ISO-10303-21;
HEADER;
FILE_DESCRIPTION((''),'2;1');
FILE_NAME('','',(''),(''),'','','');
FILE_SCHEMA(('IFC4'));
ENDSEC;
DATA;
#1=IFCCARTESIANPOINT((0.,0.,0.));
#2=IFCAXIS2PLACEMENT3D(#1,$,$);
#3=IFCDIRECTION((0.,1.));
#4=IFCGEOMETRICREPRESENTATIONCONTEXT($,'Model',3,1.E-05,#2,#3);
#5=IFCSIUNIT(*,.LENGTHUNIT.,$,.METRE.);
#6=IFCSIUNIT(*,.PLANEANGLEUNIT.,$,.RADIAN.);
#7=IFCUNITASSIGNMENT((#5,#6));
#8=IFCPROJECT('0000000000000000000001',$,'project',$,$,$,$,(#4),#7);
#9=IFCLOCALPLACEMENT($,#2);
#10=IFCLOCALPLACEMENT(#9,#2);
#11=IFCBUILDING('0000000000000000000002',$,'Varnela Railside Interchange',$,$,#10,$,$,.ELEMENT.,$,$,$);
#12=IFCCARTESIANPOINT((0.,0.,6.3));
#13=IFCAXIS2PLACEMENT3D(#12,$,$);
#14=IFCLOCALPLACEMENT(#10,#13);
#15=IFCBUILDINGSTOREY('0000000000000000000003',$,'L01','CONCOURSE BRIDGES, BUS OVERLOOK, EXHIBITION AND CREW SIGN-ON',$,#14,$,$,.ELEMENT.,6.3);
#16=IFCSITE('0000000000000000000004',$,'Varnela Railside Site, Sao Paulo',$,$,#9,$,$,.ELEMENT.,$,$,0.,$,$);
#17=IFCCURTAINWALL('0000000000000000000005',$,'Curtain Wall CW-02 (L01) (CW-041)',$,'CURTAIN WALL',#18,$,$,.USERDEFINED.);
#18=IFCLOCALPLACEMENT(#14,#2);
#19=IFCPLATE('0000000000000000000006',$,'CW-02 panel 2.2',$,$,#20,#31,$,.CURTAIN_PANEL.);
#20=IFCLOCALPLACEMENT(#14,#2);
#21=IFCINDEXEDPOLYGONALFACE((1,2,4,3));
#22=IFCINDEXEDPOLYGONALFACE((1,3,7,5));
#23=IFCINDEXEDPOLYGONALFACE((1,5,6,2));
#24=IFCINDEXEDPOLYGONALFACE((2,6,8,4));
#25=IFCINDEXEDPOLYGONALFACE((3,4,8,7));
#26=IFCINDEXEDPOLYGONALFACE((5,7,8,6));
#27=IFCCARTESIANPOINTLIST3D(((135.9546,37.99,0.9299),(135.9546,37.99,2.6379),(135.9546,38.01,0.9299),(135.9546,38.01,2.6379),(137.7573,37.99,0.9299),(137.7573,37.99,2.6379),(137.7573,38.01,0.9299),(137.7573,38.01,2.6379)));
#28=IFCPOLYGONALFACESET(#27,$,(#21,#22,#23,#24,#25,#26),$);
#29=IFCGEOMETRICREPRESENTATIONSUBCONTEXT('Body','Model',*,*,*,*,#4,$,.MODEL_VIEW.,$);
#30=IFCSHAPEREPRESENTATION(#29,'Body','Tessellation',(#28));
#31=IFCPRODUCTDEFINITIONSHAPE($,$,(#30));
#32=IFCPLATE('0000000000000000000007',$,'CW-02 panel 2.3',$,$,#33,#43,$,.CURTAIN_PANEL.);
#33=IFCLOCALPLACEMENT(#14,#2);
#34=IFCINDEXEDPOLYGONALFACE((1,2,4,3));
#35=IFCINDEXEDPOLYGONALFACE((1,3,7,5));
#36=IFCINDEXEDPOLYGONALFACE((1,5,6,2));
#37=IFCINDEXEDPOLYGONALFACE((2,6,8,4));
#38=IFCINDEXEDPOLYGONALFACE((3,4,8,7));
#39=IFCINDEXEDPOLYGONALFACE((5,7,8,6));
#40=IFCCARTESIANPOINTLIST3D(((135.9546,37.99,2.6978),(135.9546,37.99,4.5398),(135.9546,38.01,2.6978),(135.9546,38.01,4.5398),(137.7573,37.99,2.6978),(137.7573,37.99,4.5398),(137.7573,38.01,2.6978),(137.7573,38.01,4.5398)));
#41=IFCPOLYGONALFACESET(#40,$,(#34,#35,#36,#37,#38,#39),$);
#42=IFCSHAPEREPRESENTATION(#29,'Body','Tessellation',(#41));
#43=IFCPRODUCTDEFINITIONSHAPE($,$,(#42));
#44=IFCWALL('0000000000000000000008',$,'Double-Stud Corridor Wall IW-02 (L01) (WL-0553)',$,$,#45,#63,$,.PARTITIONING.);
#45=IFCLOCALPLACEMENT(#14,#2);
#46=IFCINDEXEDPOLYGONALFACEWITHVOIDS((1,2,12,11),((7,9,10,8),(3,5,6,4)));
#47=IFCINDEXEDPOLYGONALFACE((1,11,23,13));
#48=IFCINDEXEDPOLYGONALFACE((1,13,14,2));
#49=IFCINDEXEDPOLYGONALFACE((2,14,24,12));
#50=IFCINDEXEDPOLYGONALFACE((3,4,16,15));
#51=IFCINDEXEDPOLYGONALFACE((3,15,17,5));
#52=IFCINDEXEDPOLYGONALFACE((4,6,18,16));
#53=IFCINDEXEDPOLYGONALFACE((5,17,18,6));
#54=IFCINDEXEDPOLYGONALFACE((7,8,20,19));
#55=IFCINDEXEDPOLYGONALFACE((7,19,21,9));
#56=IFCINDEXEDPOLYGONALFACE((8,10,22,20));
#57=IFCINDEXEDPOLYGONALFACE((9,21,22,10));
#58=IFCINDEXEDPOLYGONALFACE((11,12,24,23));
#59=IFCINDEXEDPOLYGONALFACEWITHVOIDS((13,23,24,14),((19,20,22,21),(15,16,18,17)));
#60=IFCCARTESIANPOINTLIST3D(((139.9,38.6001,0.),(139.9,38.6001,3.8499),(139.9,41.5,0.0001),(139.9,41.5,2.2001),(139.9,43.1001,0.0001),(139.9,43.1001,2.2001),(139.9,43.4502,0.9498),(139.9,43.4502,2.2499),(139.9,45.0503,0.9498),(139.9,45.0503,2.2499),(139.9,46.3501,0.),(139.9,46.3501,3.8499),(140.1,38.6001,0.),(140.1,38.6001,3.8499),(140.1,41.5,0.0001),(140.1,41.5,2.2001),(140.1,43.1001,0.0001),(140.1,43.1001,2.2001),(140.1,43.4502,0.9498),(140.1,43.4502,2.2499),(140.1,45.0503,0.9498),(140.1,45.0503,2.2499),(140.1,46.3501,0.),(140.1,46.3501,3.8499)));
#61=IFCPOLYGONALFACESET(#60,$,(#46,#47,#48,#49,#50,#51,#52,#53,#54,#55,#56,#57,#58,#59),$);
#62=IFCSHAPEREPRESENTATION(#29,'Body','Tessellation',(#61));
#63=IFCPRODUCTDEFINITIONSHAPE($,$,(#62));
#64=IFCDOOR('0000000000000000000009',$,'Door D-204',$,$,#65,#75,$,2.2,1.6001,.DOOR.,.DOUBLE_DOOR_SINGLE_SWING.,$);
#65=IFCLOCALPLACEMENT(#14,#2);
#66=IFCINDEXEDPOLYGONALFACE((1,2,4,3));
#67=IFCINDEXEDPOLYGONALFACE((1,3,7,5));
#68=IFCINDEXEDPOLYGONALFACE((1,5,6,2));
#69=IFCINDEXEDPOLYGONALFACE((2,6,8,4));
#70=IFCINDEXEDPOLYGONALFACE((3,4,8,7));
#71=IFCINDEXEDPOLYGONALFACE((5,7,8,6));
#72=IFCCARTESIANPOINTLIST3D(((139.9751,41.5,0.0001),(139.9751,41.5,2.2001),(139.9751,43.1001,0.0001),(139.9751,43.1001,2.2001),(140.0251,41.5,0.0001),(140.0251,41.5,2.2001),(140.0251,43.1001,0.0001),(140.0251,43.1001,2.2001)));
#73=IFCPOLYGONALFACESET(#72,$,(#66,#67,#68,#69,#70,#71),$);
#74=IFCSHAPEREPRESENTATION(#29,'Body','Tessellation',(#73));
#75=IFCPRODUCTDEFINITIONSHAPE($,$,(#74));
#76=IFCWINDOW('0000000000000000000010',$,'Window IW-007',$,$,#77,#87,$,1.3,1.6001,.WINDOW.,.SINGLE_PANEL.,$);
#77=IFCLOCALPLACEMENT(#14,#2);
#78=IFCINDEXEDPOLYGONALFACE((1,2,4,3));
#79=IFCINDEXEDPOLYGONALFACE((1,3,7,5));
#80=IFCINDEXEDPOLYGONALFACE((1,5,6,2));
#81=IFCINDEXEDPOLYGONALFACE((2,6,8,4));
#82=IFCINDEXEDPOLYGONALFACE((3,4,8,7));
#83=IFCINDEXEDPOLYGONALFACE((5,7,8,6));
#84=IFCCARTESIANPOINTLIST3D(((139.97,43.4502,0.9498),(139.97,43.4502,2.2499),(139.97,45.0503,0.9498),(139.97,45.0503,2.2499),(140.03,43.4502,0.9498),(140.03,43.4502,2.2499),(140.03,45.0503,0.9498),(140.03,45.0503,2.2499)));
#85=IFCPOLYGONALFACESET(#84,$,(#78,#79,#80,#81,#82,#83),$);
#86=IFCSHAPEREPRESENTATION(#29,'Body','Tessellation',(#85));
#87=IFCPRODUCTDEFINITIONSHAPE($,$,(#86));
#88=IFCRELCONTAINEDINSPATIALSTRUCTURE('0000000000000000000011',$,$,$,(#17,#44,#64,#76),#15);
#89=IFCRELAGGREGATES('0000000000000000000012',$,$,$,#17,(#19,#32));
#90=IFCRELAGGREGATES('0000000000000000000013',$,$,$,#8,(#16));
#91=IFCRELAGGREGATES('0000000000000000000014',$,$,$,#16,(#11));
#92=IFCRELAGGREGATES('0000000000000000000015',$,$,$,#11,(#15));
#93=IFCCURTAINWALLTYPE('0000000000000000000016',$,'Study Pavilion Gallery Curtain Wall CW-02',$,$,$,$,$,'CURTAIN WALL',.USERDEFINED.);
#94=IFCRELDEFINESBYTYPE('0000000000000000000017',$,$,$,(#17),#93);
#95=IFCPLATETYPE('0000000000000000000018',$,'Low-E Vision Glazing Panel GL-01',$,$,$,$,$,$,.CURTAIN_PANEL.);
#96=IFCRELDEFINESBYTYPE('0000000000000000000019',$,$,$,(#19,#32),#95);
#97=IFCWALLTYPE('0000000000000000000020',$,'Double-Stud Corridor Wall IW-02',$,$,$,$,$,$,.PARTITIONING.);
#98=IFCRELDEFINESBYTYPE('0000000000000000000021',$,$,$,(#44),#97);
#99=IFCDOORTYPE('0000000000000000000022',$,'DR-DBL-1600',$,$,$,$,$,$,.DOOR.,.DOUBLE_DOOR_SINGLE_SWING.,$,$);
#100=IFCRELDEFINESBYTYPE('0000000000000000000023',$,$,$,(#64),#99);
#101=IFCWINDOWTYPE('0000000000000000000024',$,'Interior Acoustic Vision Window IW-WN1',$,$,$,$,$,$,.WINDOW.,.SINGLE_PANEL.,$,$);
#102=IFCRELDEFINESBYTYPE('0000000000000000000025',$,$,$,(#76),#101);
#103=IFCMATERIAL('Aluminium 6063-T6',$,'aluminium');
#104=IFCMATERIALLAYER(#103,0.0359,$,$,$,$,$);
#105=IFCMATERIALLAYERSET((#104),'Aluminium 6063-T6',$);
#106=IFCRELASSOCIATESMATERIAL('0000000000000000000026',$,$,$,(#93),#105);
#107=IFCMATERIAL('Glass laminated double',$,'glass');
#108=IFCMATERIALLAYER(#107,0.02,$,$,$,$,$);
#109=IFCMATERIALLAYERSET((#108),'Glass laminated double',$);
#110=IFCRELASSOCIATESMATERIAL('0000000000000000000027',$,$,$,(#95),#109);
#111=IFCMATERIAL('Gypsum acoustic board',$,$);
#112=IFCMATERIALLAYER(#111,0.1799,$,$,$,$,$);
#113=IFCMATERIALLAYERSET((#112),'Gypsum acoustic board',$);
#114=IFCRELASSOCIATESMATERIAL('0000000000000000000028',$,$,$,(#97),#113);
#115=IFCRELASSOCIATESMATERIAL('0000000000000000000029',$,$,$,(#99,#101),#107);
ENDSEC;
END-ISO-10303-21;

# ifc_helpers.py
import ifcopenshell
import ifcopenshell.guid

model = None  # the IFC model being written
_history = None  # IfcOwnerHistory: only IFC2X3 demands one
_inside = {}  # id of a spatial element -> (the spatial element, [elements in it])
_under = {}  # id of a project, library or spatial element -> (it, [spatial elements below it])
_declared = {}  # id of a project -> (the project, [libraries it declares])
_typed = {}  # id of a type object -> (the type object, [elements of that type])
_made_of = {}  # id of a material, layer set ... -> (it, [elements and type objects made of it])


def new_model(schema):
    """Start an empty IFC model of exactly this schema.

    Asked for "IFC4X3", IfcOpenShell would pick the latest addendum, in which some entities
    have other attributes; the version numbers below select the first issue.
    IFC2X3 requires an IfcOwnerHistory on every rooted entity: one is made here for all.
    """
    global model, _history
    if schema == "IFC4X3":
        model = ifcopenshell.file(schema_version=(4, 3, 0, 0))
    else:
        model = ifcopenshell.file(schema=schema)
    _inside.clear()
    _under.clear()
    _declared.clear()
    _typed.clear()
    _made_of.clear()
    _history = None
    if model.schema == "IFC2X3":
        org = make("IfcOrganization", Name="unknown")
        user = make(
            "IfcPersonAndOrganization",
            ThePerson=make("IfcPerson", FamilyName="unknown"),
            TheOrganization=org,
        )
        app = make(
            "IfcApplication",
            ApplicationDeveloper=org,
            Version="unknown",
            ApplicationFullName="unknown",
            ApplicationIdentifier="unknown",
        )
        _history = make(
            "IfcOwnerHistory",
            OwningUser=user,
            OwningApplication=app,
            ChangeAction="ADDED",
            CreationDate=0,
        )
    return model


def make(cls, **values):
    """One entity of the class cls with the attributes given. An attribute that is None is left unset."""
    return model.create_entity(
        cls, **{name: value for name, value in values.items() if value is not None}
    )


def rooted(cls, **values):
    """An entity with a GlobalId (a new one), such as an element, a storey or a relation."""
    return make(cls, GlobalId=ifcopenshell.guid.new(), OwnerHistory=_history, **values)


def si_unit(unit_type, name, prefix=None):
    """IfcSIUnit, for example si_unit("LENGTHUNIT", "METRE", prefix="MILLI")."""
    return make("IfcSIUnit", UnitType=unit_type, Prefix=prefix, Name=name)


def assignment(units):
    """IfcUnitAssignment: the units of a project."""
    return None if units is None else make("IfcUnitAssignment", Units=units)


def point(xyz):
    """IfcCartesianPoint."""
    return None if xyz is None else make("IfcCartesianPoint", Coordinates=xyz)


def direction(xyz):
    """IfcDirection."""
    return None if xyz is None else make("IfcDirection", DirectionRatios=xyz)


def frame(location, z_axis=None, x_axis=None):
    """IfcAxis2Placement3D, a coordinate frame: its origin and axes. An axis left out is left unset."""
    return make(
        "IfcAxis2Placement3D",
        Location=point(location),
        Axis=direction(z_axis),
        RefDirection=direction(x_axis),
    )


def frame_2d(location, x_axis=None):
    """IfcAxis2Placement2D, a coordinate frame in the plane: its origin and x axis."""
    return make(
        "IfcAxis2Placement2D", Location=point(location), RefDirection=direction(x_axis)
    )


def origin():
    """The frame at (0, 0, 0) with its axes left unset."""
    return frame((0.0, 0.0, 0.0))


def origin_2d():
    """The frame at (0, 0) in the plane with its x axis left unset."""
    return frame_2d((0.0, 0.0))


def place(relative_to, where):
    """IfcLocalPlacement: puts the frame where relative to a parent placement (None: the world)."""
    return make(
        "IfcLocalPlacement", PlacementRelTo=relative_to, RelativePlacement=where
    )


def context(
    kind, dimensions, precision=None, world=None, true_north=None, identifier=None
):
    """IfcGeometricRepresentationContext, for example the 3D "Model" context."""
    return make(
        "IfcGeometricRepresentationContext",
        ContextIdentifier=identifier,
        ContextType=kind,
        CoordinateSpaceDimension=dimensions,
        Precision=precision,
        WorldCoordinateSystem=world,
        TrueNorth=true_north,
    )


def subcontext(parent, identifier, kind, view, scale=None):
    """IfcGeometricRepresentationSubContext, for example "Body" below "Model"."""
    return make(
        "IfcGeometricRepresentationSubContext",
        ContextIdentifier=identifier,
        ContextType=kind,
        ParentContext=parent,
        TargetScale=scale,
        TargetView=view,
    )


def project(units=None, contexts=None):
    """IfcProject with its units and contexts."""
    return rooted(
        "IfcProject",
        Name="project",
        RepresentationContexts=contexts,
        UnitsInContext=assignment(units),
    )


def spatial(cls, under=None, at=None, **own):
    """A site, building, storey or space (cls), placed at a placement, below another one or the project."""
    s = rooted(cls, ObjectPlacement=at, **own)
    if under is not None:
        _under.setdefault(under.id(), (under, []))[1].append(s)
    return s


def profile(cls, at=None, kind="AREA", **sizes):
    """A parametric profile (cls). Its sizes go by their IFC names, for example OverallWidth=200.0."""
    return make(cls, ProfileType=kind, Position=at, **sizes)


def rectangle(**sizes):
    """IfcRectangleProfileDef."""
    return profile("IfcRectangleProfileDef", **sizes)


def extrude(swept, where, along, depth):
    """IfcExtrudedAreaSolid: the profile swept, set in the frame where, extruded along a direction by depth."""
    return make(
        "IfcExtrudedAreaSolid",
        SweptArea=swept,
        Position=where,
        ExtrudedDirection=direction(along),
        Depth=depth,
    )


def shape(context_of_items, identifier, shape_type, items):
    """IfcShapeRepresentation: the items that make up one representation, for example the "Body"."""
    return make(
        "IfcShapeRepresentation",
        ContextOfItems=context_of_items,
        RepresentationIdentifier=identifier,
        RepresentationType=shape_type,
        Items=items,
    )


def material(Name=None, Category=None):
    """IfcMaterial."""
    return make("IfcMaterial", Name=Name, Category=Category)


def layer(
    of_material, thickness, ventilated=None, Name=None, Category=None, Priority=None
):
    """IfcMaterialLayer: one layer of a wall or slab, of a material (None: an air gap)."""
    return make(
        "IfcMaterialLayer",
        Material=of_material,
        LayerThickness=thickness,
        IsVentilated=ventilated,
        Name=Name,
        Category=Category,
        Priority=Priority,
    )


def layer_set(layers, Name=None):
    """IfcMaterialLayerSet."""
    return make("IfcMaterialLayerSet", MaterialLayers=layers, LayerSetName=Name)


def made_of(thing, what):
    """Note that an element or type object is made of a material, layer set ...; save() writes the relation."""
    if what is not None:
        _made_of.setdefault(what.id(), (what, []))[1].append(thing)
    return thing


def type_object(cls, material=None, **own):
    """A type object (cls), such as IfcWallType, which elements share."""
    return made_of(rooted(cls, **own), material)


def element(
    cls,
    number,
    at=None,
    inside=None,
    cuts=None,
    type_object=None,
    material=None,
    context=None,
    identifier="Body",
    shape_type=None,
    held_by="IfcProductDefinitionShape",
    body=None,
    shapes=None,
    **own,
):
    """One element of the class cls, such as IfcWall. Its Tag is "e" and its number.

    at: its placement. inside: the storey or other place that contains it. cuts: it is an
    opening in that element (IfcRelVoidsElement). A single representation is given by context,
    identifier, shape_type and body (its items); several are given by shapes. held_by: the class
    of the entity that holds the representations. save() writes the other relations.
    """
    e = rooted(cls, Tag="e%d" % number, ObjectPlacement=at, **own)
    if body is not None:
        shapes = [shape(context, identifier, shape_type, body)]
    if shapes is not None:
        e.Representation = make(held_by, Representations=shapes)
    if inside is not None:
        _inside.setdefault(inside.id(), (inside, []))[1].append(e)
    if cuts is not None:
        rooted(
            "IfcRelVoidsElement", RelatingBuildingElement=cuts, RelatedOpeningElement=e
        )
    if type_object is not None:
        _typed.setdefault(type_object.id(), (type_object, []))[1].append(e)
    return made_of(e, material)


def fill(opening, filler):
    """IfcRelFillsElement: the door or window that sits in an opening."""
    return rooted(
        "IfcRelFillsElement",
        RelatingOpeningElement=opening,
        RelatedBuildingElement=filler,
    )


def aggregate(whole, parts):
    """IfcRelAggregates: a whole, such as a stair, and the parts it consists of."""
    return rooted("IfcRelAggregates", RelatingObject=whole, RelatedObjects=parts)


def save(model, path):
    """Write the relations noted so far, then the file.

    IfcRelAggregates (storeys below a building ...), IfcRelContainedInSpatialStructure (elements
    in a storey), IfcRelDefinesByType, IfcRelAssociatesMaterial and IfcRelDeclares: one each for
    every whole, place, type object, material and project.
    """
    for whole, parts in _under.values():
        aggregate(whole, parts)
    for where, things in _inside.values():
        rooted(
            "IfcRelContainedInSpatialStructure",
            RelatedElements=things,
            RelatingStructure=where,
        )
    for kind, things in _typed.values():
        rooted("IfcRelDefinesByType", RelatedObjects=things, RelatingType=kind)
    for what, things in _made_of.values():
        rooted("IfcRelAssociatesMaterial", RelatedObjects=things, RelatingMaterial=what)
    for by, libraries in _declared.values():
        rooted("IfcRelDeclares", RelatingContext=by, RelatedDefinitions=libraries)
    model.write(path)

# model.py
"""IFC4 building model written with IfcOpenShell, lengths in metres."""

from ifc_helpers import new_model, si_unit, direction, frame, frame_2d, origin, origin_2d, place, context, subcontext, project, spatial, rectangle, extrude, material, layer, layer_set, type_object, element, fill, aggregate, save


model = new_model("IFC4")

# Units and contexts
model_context = context("Model", 3, precision=1e-05, world=origin(), true_north=direction((0.0, 1.0)))
body_context = subcontext(model_context, "Body", "Model", "MODEL_VIEW")
ifc_project = project(units=[si_unit("LENGTHUNIT", "METRE"), si_unit("PLANEANGLEUNIT", "RADIAN")], contexts=[model_context])

# Site, building, storey
site_placement = place(None, origin())
site = spatial("IfcSite", under=ifc_project, at=site_placement, Name="Varnela Railside Site, Sao Paulo", CompositionType="ELEMENT", RefElevation=0.0)
building_placement = place(site_placement, origin())
building = spatial("IfcBuilding", under=site, at=building_placement, Name="Varnela Railside Interchange", CompositionType="ELEMENT")
storey_placement = place(building_placement, frame((0.0, 0.0, 6.3)))
storey = spatial("IfcBuildingStorey", under=building, at=storey_placement, Name="L01", Description="CONCOURSE BRIDGES, BUS OVERLOOK, EXHIBITION AND CREW SIGN-ON", CompositionType="ELEMENT", Elevation=6.3)

# Curtain wall
ifc_material_1 = material(Name="Aluminium 6063-T6", Category="aluminium")
ifc_layer_1 = layer(ifc_material_1, 0.0359)
ifc_layer_set_1 = layer_set([ifc_layer_1], Name="Aluminium 6063-T6")
curtain_wall_type = type_object("IfcCurtainWallType", Name="Study Pavilion Gallery Curtain Wall CW-02", ElementType="CURTAIN WALL", PredefinedType="USERDEFINED", material=ifc_layer_set_1)
curtain_wall_placement = place(storey_placement, origin())
curtain_wall = element("IfcCurtainWall", 1, at=curtain_wall_placement, inside=storey, type_object=curtain_wall_type, Name="Curtain Wall CW-02 (L01) (CW-041)", ObjectType="CURTAIN WALL", PredefinedType="USERDEFINED")

# Plates
ifc_material_2 = material(Name="Glass laminated double", Category="glass")
ifc_layer_2 = layer(ifc_material_2, 0.02)
ifc_layer_set_2 = layer_set([ifc_layer_2], Name="Glass laminated double")
plate_type = type_object("IfcPlateType", Name="Low-E Vision Glazing Panel GL-01", PredefinedType="CURTAIN_PANEL", material=ifc_layer_set_2)
plate_1_placement = place(storey_placement, frame((136.856, 38.0, 0.9299), z_axis=(0.0, 0.0, 1.0), x_axis=(-1.0, 0.0, 0.0)))
plate_1 = element("IfcPlate", 2, at=plate_1_placement, type_object=plate_type, Name="CW-02 panel 2.2", PredefinedType="CURTAIN_PANEL", context=body_context, shape_type="SweptSolid", body=[
    extrude(rectangle(XDim=1.8027, YDim=0.02, at=origin_2d()), origin(), (0.0, 0.0, 1.0), 1.708),
])
plate_2_placement = place(storey_placement, frame((136.856, 38.0, 2.6978), z_axis=(0.0, 0.0, 1.0), x_axis=(-1.0, 0.0, 0.0)))
plate_2 = element("IfcPlate", 3, at=plate_2_placement, type_object=plate_type, Name="CW-02 panel 2.3", PredefinedType="CURTAIN_PANEL", context=body_context, shape_type="SweptSolid", body=[
    extrude(rectangle(XDim=1.8027, YDim=0.02, at=origin_2d()), origin(), (0.0, 0.0, 1.0), 1.842),
])
aggregate(curtain_wall, [plate_1, plate_2])

# Wall, openings, door, window
ifc_material_3 = material(Name="Gypsum acoustic board")
ifc_layer_3 = layer(ifc_material_3, 0.1799)
ifc_layer_set_3 = layer_set([ifc_layer_3], Name="Gypsum acoustic board")
wall_type = type_object("IfcWallType", Name="Double-Stud Corridor Wall IW-02", PredefinedType="PARTITIONING", material=ifc_layer_set_3)
wall_placement = place(storey_placement, frame((140.0, 38.6001, 0.0), z_axis=(0.0, 0.0, 1.0), x_axis=(0.0, 1.0, 0.0)))
wall = element("IfcWall", 4, at=wall_placement, inside=storey, type_object=wall_type, Name="Double-Stud Corridor Wall IW-02 (L01) (WL-0553)", PredefinedType="PARTITIONING", context=body_context, shape_type="SweptSolid", body=[
    extrude(rectangle(XDim=7.75, YDim=0.2, at=frame_2d((3.875, 0.0))), origin(), (0.0, 0.0, 1.0), 3.8499),
])
opening_1_placement = place(wall_placement, frame((2.8999, 0.0, 0.0)))
opening_1 = element("IfcOpeningElement", 5, at=opening_1_placement, cuts=wall, PredefinedType="OPENING", context=body_context, shape_type="SweptSolid", body=[
    extrude(rectangle(XDim=1.6001, YDim=2.2, at=frame_2d((0.8, 1.1001))), frame((0.0, 0.1099, 0.0), z_axis=(0.0, -1.0, 0.0), x_axis=(1.0, 0.0, 0.0)), (0.0, 0.0, 1.0), 0.22),
])
opening_2_placement = place(wall_placement, frame((4.8501, 0.0, 0.95)))
opening_2 = element("IfcOpeningElement", 6, at=opening_2_placement, cuts=wall, PredefinedType="OPENING", context=body_context, shape_type="SweptSolid", body=[
    extrude(rectangle(XDim=1.6001, YDim=1.3, at=frame_2d((0.8, 0.6499))), frame((0.0, 0.1099, 0.0), z_axis=(0.0, -1.0, 0.0), x_axis=(1.0, 0.0, 0.0)), (0.0, 0.0, 1.0), 0.22),
])
door_type = type_object("IfcDoorType", Name="DR-DBL-1600", OperationType="DOUBLE_DOOR_SINGLE_SWING", PredefinedType="DOOR", material=ifc_material_2)
door_placement = place(opening_1_placement, origin())
door = element("IfcDoor", 7, at=door_placement, inside=storey, type_object=door_type, Name="Door D-204", OperationType="DOUBLE_DOOR_SINGLE_SWING", OverallHeight=2.2, OverallWidth=1.6001, PredefinedType="DOOR", context=body_context, shape_type="SweptSolid", body=[
    extrude(rectangle(XDim=1.6001, YDim=2.2, at=frame_2d((0.8, 1.1001))), frame((0.0, 0.0249, 0.0), z_axis=(0.0, -1.0, 0.0), x_axis=(1.0, 0.0, 0.0)), (0.0, 0.0, 1.0), 0.05),
])
fill(opening_1, door)
window_type = type_object("IfcWindowType", Name="Interior Acoustic Vision Window IW-WN1", PartitioningType="SINGLE_PANEL", PredefinedType="WINDOW", material=ifc_material_2)
window_placement = place(opening_2_placement, origin())
window = element("IfcWindow", 8, at=window_placement, inside=storey, type_object=window_type, Name="Window IW-007", OverallHeight=1.3, OverallWidth=1.6001, PartitioningType="SINGLE_PANEL", PredefinedType="WINDOW", context=body_context, shape_type="SweptSolid", body=[
    extrude(rectangle(XDim=1.6001, YDim=1.3, at=frame_2d((0.8, 0.6499))), frame((0.0, 0.03, 0.0), z_axis=(0.0, -1.0, 0.0), x_axis=(1.0, 0.0, 0.0)), (0.0, 0.0, 1.0), 0.0601),
])
fill(opening_2, window)

save(model, "model.ifc")
